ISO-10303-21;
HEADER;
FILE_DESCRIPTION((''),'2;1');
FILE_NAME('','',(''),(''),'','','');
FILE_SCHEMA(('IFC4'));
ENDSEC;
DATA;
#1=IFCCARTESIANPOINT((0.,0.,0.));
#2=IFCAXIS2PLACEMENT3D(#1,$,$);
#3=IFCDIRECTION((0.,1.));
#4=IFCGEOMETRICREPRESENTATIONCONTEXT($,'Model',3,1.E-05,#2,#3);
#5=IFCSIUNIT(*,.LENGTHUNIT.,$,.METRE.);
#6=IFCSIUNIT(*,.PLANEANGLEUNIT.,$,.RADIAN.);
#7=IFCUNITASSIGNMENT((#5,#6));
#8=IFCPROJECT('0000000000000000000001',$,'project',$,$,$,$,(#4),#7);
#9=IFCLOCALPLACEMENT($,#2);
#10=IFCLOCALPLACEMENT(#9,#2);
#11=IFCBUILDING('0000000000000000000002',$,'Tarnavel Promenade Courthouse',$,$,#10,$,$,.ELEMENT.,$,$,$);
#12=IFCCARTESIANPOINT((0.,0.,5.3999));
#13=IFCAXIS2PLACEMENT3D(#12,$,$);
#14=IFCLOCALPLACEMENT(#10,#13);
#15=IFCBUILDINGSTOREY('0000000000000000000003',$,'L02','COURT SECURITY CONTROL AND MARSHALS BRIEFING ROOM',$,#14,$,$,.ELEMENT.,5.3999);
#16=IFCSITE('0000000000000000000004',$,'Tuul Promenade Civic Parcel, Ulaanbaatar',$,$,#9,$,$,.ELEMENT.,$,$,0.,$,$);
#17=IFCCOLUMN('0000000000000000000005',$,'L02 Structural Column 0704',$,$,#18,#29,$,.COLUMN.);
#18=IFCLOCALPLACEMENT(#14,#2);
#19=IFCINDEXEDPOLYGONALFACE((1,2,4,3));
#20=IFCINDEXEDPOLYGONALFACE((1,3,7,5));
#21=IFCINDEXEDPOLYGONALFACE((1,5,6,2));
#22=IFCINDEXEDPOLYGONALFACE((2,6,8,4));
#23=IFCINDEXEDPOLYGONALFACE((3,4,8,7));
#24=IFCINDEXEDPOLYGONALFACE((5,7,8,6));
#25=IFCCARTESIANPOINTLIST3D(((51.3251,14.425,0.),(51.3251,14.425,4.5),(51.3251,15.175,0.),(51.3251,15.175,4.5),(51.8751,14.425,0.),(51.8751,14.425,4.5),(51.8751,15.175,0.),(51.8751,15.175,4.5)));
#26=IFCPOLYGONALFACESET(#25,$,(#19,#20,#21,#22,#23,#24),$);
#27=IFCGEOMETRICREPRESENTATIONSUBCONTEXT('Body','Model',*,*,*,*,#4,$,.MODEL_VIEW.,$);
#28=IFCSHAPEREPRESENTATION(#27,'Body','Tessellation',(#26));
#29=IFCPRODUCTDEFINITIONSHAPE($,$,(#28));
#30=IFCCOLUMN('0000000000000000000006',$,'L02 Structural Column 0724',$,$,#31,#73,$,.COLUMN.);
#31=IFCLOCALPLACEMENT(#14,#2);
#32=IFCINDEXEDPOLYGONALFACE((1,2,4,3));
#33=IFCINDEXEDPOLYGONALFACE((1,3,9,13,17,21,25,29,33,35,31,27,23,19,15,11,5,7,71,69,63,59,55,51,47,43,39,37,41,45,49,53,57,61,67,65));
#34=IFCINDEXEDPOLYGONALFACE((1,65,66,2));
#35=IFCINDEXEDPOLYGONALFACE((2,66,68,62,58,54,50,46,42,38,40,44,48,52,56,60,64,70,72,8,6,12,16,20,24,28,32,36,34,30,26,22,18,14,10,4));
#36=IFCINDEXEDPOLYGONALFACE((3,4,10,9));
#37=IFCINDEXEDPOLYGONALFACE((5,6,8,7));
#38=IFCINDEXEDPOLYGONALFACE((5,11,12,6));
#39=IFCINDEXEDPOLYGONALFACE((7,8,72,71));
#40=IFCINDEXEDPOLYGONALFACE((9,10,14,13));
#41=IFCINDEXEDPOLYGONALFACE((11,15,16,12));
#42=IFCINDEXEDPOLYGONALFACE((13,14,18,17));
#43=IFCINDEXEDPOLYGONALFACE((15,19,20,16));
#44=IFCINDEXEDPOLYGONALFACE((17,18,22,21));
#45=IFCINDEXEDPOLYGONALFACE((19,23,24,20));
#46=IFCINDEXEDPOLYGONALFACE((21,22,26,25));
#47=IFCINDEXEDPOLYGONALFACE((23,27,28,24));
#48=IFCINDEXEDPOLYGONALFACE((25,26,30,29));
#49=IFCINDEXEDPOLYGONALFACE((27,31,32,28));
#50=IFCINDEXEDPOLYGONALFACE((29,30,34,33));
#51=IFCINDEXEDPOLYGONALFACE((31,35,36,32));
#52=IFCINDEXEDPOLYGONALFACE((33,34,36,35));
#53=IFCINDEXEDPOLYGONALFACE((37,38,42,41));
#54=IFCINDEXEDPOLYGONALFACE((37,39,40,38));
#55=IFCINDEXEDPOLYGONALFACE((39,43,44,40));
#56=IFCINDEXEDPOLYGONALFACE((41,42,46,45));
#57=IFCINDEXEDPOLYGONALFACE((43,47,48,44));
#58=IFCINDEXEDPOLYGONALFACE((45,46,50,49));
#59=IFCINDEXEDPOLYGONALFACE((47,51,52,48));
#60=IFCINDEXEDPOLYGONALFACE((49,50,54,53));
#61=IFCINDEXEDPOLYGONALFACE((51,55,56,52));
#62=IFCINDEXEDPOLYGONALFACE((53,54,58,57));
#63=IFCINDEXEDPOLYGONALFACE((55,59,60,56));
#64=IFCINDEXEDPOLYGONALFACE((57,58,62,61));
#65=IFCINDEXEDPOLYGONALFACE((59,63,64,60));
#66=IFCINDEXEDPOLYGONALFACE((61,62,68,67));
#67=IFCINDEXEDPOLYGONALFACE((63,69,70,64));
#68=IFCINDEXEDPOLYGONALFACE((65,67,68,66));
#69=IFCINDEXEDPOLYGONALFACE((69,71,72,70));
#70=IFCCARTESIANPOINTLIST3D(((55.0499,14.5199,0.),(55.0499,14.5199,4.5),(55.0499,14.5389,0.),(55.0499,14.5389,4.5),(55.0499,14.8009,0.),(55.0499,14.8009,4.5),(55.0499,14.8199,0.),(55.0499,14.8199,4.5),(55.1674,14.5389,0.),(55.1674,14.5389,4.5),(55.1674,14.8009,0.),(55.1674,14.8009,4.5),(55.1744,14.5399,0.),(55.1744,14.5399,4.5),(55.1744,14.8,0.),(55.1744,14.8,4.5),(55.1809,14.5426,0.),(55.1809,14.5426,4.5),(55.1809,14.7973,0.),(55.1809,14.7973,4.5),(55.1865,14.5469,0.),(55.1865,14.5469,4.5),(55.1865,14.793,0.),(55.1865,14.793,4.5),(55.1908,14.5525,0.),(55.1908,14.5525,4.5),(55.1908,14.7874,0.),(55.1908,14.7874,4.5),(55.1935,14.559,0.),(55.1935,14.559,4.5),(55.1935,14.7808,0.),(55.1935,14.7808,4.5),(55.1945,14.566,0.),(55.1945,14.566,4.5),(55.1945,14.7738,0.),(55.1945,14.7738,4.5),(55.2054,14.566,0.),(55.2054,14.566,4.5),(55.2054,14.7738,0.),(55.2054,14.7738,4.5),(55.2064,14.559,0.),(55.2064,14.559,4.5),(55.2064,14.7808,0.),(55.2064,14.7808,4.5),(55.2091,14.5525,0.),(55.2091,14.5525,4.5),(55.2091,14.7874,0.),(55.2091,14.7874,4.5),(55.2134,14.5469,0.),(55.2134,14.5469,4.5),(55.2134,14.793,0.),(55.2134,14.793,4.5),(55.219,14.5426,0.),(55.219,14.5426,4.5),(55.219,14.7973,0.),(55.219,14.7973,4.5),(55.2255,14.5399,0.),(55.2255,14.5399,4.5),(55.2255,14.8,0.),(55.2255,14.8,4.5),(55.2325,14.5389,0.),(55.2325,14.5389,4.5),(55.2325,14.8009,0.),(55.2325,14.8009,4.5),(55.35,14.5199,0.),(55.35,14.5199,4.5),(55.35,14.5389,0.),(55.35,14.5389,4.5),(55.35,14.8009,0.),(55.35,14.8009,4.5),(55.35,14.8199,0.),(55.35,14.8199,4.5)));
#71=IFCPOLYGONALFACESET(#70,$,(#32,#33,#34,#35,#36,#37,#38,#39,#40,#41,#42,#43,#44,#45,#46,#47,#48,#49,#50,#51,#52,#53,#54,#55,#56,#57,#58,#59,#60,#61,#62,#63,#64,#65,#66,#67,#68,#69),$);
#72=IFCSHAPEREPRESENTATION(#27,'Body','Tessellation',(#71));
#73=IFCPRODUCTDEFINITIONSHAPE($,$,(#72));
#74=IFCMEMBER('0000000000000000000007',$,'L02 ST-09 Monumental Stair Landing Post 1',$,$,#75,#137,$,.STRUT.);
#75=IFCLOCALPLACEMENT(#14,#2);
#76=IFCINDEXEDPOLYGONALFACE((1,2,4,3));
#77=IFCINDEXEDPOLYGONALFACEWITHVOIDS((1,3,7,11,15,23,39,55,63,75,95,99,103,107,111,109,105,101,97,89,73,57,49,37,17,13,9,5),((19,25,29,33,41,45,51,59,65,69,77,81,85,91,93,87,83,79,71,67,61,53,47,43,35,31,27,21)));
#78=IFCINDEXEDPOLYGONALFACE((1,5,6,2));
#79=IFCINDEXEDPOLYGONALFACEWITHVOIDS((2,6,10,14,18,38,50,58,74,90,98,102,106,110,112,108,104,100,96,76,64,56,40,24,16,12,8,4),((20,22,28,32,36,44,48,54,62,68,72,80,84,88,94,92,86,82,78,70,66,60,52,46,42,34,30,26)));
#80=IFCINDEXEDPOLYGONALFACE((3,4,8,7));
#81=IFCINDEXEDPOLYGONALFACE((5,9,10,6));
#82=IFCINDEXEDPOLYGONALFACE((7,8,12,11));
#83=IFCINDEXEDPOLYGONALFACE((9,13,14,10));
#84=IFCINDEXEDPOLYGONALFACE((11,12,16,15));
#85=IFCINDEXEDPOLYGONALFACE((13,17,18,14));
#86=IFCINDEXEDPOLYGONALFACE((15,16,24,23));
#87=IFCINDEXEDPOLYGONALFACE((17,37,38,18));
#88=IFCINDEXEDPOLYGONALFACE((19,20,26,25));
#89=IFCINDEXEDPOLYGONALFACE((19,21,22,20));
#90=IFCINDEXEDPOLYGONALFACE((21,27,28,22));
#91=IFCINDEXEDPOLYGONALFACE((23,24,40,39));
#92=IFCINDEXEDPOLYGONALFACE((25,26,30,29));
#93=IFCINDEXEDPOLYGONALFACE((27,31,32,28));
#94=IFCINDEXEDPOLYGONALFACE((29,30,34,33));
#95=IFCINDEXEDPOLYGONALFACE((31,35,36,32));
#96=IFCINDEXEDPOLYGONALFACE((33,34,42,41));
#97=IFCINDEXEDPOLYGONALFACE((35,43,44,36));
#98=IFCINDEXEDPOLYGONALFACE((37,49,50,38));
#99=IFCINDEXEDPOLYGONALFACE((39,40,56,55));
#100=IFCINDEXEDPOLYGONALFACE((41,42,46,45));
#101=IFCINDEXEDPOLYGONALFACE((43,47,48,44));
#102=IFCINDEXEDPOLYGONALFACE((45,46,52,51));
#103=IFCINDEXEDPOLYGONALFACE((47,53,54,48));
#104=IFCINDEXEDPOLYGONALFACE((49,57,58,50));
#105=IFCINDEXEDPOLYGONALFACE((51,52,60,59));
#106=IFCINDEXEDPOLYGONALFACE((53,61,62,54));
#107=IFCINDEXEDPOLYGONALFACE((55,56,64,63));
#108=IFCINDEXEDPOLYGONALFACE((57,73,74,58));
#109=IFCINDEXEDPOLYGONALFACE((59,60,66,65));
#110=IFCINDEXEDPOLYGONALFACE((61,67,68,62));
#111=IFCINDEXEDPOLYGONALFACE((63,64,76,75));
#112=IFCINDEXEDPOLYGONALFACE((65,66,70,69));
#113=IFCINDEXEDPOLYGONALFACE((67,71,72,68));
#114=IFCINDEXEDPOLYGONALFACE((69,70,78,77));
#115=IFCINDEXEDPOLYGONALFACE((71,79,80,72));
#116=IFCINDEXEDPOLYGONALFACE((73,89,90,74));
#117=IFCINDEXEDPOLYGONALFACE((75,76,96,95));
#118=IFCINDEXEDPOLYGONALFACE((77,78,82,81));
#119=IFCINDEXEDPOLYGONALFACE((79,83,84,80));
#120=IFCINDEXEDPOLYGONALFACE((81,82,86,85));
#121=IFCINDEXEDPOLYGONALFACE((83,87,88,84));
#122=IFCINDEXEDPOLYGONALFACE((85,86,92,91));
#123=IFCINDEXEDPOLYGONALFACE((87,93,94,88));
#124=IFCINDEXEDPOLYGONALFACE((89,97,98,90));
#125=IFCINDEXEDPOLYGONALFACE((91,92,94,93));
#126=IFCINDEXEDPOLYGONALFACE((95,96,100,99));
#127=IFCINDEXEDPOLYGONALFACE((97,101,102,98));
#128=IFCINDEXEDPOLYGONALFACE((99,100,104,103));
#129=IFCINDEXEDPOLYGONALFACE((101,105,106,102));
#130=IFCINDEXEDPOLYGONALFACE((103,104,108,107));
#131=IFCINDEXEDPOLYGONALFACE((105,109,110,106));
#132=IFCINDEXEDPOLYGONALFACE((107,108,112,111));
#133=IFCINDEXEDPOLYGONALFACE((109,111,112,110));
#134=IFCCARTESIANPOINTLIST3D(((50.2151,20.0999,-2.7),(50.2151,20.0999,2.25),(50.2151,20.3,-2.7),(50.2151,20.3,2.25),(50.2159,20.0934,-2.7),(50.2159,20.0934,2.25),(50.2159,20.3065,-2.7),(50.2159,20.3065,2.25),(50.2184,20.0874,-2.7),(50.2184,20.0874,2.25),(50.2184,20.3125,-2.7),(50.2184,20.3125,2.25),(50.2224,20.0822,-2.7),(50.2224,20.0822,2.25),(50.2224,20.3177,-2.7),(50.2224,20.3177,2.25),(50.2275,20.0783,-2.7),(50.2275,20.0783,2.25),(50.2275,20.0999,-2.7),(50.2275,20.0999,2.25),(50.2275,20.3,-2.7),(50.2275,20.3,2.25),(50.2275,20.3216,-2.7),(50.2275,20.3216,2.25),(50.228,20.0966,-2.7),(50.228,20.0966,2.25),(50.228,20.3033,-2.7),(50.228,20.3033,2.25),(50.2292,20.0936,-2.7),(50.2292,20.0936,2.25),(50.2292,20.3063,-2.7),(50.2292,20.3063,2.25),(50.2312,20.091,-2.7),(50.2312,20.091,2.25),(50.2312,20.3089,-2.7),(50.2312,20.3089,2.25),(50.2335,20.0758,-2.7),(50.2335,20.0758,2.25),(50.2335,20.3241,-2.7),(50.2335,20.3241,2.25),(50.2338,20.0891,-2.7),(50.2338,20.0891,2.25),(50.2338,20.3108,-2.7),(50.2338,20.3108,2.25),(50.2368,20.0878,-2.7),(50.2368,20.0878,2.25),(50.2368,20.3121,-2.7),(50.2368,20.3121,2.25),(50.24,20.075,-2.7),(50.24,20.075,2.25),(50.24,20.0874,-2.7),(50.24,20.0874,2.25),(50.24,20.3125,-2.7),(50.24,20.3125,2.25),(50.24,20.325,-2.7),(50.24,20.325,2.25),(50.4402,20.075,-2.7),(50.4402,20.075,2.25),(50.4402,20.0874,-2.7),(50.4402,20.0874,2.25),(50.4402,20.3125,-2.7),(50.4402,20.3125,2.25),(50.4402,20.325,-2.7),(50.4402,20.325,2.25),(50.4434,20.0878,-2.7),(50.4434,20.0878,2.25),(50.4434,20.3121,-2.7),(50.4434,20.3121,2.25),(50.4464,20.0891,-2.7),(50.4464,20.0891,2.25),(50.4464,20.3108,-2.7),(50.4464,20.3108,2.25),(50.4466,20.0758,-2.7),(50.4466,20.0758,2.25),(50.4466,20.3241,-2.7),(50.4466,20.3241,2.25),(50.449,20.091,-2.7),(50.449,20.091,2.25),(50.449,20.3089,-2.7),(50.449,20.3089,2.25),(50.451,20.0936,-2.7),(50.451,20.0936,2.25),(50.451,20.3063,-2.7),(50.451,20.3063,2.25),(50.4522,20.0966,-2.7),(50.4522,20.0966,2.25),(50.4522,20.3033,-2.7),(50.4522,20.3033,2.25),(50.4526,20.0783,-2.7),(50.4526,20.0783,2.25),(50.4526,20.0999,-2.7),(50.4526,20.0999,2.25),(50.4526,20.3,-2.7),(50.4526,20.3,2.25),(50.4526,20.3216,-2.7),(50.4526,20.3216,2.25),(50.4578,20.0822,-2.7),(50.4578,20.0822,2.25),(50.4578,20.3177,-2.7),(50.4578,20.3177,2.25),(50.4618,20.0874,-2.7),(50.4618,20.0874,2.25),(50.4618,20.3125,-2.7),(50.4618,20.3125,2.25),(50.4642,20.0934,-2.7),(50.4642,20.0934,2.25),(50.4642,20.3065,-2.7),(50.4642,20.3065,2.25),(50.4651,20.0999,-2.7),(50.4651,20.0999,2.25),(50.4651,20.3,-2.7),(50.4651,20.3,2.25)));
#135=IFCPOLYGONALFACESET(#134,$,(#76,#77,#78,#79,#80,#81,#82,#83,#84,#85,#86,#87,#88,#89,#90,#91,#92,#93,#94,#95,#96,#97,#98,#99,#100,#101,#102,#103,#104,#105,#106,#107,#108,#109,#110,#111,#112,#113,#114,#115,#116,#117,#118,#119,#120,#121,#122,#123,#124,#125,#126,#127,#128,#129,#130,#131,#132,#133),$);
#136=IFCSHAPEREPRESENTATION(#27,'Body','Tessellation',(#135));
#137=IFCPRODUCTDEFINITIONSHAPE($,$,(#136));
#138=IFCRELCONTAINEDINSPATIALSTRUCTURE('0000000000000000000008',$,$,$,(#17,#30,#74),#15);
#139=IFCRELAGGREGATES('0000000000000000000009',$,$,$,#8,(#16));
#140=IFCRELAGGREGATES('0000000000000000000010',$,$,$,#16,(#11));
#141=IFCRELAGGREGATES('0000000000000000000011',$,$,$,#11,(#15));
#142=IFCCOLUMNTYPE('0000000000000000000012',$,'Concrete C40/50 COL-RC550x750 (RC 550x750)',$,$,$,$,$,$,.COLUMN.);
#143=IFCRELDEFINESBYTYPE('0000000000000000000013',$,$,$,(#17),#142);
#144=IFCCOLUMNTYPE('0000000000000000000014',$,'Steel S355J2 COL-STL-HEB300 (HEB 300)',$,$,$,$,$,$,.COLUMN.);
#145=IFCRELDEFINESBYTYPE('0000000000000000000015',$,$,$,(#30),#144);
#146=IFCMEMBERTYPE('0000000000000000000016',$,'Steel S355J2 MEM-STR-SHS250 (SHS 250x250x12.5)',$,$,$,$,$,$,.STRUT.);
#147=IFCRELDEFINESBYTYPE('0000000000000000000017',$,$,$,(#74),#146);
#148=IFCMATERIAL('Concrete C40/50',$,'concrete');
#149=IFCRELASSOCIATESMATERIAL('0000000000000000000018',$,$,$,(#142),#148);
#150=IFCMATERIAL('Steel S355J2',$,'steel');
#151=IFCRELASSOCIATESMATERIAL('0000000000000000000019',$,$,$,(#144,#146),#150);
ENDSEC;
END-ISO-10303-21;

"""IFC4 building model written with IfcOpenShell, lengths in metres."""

from ifc_helpers import new_model, si_unit, direction, frame, origin, origin_2d, place, context, subcontext, project, spatial, rectangle, hollow_rectangle, i_section, extrude, material, material_profile, profile_set, type_object, element, save


model = new_model("IFC4")

# Units and contexts
model_context = context("Model", 3, precision=1e-05, world=origin(), true_north=direction((0.0, 1.0)))
body_context = subcontext(model_context, "Body", "Model", "MODEL_VIEW")
ifc_project = project(units=[si_unit("LENGTHUNIT", "METRE"), si_unit("PLANEANGLEUNIT", "RADIAN")], contexts=[model_context])

# Site, building, storey
site_placement = place(None, origin())
site = spatial("IfcSite", under=ifc_project, at=site_placement, Name="Tuul Promenade Civic Parcel, Ulaanbaatar", CompositionType="ELEMENT", RefElevation=0.0)
building_placement = place(site_placement, origin())
building = spatial("IfcBuilding", under=site, at=building_placement, Name="Tarnavel Promenade Courthouse", CompositionType="ELEMENT")
storey_placement = place(building_placement, frame((0.0, 0.0, 5.3999)))
storey = spatial("IfcBuildingStorey", under=building, at=storey_placement, Name="L02", Description="COURT SECURITY CONTROL AND MARSHALS BRIEFING ROOM", CompositionType="ELEMENT", Elevation=5.3999)

# Columns
ifc_material_1 = material(Name="Concrete C40/50", Category="concrete")
ifc_material_profile_1 = material_profile(ifc_material_1, rectangle(XDim=0.55, YDim=0.75, at=origin_2d()), Name="RC 550x750")
ifc_profile_set_1 = profile_set([ifc_material_profile_1], Name="Concrete C40/50")
column_type_1 = type_object("IfcColumnType", Name="Concrete C40/50 COL-RC550x750 (RC 550x750)", PredefinedType="COLUMN", material=ifc_profile_set_1)
column_1_placement = place(storey_placement, frame((51.6001, 14.8, 0.0), z_axis=(0.0, 0.0, 1.0), x_axis=(1.0, 0.0, 0.0)))
element("IfcColumn", 1, at=column_1_placement, inside=storey, type_object=column_type_1, Name="L02 Structural Column 0704", PredefinedType="COLUMN", context=body_context, shape_type="SweptSolid", body=[
    extrude(rectangle(XDim=0.55, YDim=0.75, at=origin_2d()), origin(), (0.0, 0.0, 1.0), 4.5),
])
ifc_material_2 = material(Name="Steel S355J2", Category="steel")
ifc_material_profile_2 = material_profile(ifc_material_2, i_section(OverallWidth=0.3, OverallDepth=0.3, WebThickness=0.011, FlangeThickness=0.019, FilletRadius=0.0271, at=origin_2d()), Name="HEB 300")
ifc_profile_set_2 = profile_set([ifc_material_profile_2], Name="Steel S355J2")
column_type_2 = type_object("IfcColumnType", Name="Steel S355J2 COL-STL-HEB300 (HEB 300)", PredefinedType="COLUMN", material=ifc_profile_set_2)
column_2_placement = place(storey_placement, frame((55.2, 14.6699, 0.0), z_axis=(0.0, 0.0, 1.0), x_axis=(1.0, 0.0, 0.0)))
element("IfcColumn", 2, at=column_2_placement, inside=storey, type_object=column_type_2, Name="L02 Structural Column 0724", PredefinedType="COLUMN", context=body_context, shape_type="SweptSolid", body=[
    extrude(i_section(OverallWidth=0.3, OverallDepth=0.3, WebThickness=0.011, FlangeThickness=0.019, FilletRadius=0.0271, at=origin_2d()), origin(), (0.0, 0.0, 1.0), 4.5),
])

# Member
ifc_material_profile_3 = material_profile(ifc_material_2, hollow_rectangle(XDim=0.25, YDim=0.25, WallThickness=0.0125, InnerFilletRadius=0.0125, OuterFilletRadius=0.0249, at=origin_2d()), Name="SHS 250x250x12.5")
ifc_profile_set_3 = profile_set([ifc_material_profile_3], Name="Steel S355J2")
member_type_1 = type_object("IfcMemberType", Name="Steel S355J2 MEM-STR-SHS250 (SHS 250x250x12.5)", PredefinedType="STRUT", material=ifc_profile_set_3)
for number, where, z_axis, x_axis, name in (
    (3, (50.3401, 20.2, -2.7), (0.0, 0.0, 1.0), (1.0, 0.0, 0.0), "L02 ST-09 Monumental Stair Landing Post 1"),
):
    element("IfcMember", number, at=place(storey_placement, frame(where, z_axis=z_axis, x_axis=x_axis)), inside=storey, type_object=member_type_1, Name=name, PredefinedType="STRUT", context=body_context, shape_type="SweptSolid", body=[
        extrude(hollow_rectangle(XDim=0.25, YDim=0.25, WallThickness=0.0125, InnerFilletRadius=0.0125, OuterFilletRadius=0.0249, at=origin_2d()), origin(), (0.0, 0.0, 1.0), 4.95),
    ])

save(model, "model.ifc")
